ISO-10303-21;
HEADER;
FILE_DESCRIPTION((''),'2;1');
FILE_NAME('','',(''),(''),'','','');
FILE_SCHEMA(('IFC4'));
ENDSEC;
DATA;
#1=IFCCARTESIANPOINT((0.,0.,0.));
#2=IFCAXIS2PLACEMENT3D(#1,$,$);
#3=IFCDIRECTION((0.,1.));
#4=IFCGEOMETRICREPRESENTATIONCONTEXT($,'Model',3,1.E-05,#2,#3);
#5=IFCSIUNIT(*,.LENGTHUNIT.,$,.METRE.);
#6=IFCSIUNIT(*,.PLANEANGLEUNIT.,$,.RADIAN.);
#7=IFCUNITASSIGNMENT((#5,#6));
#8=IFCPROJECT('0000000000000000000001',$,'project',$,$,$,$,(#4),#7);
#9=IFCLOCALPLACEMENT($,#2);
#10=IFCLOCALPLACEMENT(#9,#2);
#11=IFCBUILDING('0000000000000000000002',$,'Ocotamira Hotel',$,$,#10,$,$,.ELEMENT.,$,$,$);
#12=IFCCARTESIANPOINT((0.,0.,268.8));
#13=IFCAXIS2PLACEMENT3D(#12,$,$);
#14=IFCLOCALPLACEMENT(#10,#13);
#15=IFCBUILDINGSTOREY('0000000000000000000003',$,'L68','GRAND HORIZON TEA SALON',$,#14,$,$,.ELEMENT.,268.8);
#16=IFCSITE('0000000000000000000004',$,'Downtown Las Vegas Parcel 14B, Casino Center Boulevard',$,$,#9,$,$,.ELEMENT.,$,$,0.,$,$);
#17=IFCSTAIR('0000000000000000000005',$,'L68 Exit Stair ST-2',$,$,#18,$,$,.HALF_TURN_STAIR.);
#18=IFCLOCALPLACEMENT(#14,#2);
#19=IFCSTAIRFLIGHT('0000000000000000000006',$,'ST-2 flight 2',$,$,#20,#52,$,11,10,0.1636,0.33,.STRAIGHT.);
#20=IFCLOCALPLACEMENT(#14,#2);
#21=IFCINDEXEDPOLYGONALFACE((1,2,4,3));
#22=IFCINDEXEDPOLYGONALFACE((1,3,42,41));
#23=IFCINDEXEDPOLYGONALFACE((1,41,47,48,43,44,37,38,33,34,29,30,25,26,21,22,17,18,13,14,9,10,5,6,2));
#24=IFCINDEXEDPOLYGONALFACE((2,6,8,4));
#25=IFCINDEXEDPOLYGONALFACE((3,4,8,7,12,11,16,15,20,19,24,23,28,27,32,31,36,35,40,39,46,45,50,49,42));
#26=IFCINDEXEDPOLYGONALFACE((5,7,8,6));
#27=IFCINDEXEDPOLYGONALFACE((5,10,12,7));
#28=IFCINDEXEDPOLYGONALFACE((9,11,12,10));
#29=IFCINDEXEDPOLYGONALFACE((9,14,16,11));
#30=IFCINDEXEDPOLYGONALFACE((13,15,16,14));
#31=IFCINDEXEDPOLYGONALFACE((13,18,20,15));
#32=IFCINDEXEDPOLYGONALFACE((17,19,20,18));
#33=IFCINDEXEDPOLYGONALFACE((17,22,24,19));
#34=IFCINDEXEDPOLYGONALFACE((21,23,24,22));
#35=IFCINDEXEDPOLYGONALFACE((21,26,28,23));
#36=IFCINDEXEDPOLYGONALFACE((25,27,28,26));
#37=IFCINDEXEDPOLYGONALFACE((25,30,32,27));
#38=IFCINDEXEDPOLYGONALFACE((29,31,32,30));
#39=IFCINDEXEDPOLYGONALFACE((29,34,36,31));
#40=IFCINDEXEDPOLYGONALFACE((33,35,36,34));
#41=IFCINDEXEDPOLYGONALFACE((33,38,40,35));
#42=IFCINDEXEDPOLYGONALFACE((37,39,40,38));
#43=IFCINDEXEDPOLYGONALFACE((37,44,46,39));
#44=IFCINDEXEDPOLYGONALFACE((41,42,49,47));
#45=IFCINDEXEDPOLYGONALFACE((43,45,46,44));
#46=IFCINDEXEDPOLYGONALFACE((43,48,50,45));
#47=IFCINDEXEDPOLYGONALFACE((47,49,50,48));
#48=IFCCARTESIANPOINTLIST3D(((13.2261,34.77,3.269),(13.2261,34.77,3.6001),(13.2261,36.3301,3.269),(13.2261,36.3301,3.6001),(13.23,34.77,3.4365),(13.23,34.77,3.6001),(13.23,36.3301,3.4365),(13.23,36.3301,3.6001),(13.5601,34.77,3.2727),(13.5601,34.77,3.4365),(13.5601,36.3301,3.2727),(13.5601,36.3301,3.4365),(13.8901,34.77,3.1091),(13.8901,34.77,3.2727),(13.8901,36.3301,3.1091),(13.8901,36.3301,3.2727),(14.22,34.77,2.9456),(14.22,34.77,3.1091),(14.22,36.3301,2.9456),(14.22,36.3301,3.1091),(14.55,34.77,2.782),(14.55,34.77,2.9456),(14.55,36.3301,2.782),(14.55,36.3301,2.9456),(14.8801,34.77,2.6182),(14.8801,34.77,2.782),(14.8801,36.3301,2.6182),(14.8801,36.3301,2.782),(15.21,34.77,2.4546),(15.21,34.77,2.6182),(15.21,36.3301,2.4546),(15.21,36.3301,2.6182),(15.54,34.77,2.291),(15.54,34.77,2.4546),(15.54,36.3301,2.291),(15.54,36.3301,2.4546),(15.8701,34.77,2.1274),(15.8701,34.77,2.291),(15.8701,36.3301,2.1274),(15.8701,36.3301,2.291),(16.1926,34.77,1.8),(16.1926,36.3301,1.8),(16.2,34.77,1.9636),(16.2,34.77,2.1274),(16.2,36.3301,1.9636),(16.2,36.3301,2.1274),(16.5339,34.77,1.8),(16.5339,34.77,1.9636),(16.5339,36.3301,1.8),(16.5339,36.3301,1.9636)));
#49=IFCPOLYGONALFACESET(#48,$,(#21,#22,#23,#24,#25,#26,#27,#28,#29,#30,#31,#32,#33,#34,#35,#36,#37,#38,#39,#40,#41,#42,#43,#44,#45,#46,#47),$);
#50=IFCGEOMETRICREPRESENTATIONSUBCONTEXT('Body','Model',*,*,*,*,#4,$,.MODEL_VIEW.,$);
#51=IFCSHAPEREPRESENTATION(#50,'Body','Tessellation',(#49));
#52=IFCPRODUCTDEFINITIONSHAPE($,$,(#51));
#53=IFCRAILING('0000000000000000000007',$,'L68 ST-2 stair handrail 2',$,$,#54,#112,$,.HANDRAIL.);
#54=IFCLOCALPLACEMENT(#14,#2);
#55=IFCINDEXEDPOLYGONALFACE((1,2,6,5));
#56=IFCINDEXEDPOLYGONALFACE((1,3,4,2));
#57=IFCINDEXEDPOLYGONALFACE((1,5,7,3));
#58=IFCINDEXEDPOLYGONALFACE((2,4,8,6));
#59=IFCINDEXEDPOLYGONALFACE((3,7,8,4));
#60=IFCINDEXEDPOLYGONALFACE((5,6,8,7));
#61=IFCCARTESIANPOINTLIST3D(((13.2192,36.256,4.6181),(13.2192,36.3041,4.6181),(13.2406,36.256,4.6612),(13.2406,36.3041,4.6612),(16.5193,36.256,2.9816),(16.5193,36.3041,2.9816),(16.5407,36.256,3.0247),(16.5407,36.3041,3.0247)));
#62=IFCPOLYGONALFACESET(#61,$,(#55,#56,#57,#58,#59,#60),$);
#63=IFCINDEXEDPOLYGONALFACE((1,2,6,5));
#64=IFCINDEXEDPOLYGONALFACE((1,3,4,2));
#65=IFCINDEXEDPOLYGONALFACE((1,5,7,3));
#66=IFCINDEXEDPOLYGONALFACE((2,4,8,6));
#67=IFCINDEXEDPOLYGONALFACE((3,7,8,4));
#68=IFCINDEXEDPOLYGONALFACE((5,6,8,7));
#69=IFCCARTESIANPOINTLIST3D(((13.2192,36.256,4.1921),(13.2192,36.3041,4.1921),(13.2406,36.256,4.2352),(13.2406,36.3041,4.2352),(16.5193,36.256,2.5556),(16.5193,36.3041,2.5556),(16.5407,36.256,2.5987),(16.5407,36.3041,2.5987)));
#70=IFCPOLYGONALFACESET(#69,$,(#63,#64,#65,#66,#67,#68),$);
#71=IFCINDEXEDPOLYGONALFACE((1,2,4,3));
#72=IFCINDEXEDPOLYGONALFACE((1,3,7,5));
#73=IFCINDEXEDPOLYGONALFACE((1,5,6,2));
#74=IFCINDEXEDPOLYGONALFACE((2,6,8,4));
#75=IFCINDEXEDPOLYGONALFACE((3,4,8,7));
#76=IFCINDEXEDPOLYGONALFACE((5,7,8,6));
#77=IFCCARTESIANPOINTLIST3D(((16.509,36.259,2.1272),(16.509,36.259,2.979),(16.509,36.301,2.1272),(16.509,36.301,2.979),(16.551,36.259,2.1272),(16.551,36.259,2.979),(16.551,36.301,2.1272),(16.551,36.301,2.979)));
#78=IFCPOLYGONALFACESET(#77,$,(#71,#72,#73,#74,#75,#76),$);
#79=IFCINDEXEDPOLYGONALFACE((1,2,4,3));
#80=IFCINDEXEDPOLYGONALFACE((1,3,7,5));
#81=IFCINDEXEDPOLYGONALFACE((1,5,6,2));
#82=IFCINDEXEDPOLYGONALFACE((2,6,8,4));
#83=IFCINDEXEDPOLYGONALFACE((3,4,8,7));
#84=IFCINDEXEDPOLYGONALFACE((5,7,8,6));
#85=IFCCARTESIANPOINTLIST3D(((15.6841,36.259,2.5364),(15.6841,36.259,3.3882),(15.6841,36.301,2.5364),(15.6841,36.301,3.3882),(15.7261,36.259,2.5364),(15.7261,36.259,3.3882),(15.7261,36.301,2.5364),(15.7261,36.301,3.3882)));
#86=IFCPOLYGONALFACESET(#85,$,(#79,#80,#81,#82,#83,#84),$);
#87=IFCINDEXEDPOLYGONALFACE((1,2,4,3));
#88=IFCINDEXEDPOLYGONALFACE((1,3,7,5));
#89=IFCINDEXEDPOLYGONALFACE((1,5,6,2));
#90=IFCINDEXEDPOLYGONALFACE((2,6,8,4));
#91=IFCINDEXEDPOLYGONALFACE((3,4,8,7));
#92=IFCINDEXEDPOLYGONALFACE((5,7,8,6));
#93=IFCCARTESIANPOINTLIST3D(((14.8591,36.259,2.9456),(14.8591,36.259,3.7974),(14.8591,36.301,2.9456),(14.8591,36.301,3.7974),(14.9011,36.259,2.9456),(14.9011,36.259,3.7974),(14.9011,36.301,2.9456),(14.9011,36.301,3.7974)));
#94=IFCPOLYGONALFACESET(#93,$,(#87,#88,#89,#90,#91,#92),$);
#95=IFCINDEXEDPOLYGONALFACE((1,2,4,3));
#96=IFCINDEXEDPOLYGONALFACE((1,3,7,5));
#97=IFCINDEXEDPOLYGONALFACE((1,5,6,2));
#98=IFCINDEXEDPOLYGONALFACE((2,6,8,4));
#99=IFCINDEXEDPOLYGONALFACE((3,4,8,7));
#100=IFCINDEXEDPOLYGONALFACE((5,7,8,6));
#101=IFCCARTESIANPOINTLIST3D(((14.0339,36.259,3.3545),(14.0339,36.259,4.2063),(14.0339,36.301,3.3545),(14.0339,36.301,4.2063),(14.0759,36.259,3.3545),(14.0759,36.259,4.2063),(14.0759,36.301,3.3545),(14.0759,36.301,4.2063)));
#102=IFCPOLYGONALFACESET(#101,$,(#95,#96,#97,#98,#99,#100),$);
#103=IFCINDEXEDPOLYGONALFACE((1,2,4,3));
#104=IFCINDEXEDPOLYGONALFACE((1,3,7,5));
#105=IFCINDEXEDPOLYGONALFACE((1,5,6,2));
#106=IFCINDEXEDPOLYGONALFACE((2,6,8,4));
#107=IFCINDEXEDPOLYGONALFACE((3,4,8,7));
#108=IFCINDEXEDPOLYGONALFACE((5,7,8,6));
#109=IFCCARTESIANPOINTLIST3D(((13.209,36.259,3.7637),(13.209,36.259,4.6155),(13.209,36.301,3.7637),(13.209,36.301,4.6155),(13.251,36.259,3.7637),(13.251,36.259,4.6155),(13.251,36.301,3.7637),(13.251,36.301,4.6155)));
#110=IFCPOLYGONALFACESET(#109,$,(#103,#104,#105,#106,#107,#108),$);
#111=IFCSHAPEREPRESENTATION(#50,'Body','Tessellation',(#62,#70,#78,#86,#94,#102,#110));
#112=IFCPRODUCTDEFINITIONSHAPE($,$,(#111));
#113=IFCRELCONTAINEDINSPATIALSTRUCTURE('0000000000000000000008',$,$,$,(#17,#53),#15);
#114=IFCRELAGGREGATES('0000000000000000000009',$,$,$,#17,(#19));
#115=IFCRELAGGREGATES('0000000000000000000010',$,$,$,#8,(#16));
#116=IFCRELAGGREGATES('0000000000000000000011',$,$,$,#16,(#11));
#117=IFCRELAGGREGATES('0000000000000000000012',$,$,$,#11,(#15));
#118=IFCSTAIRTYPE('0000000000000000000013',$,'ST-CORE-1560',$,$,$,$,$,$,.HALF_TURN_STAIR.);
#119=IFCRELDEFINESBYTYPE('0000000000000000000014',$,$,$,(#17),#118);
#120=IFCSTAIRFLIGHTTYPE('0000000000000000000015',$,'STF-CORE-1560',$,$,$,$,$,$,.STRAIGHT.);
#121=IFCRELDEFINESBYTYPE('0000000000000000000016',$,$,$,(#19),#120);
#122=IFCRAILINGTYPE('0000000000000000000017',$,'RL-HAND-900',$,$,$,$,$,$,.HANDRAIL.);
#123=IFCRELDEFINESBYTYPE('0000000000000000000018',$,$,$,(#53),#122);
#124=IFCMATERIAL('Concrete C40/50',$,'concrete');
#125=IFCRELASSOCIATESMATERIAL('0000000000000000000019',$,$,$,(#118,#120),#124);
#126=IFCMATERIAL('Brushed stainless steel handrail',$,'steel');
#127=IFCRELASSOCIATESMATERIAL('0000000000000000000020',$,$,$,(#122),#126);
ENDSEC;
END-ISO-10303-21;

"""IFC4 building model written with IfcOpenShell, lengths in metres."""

from ifc_helpers import new_model, si_unit, direction, frame, origin, origin_2d, place, context, subcontext, project, spatial, polyline, rectangle, outline, extrude, source, transform, mapped, material, type_object, element, aggregate, save


model = new_model("IFC4")

# Units and contexts
model_context = context("Model", 3, precision=1e-05, world=origin(), true_north=direction((0.0, 1.0)))
body_context = subcontext(model_context, "Body", "Model", "MODEL_VIEW")
ifc_project = project(units=[si_unit("LENGTHUNIT", "METRE"), si_unit("PLANEANGLEUNIT", "RADIAN")], contexts=[model_context])

# Site, building, storey
site_placement = place(None, origin())
site = spatial("IfcSite", under=ifc_project, at=site_placement, Name="Downtown Las Vegas Parcel 14B, Casino Center Boulevard", CompositionType="ELEMENT", RefElevation=0.0)
building_placement = place(site_placement, origin())
building = spatial("IfcBuilding", under=site, at=building_placement, Name="Ocotamira Hotel", CompositionType="ELEMENT")
storey_placement = place(building_placement, frame((0.0, 0.0, 268.8)))
storey = spatial("IfcBuildingStorey", under=building, at=storey_placement, Name="L68", Description="GRAND HORIZON TEA SALON", CompositionType="ELEMENT", Elevation=268.8)

# Stair, stair flight
ifc_material_1 = material(Name="Concrete C40/50", Category="concrete")
stair_type = type_object("IfcStairType", Name="ST-CORE-1560", PredefinedType="HALF_TURN_STAIR", material=ifc_material_1)
stair_placement = place(storey_placement, origin())
stair = element("IfcStair", 1, at=stair_placement, inside=storey, type_object=stair_type, Name="L68 Exit Stair ST-2", PredefinedType="HALF_TURN_STAIR")
stair_flight_type = type_object("IfcStairFlightType", Name="STF-CORE-1560", PredefinedType="STRAIGHT", material=ifc_material_1)
shared_shape_1 = source(origin(), body_context, "Body", "SweptSolid", [
    extrude(outline(polyline([(-0.0039, 0.0), (-0.0039, 0.1636), (0.3301, 0.1636), (0.3301, 0.3274), (0.6599, 0.3274), (0.6599, 0.491), (0.99, 0.491), (0.99, 0.6545), (1.3201, 0.6545), (1.3201, 0.8181), (1.6499, 0.8181), (1.6499, 0.9819), (1.98, 0.9819), (1.98, 1.1455), (2.3101, 1.1455), (2.3101, 1.3091), (2.6399, 1.3091), (2.6399, 1.4727), (2.97, 1.4727), (2.97, 1.6365), (3.3, 1.6365), (3.3, 1.8), (3.304, 1.8), (3.304, 1.469), (0.3374, 0.0), (-0.0039, 0.0)])), frame((0.0, 0.78, 0.0), z_axis=(0.0, -1.0, 0.0), x_axis=(1.0, 0.0, 0.0)), (0.0, 0.0, 1.0), 1.5601),
])
stair_flight_placement = place(storey_placement, frame((16.53, 35.55, 1.8), z_axis=(0.0, 0.0, 1.0), x_axis=(-1.0, 0.0, 0.0)))
stair_flight = element("IfcStairFlight", 2, at=stair_flight_placement, type_object=stair_flight_type, Name="ST-2 flight 2", NumberOfRisers=11, NumberOfTreads=10, PredefinedType="STRAIGHT", RiserHeight=0.1636, TreadLength=0.33, context=body_context, shape_type="MappedRepresentation", body=[
    mapped(shared_shape_1, transform((0.0, 0.0, 0.0), scale=1.0)),
])
aggregate(stair, [stair_flight])

# Railing
ifc_material_2 = material(Name="Brushed stainless steel handrail", Category="steel")
railing_type = type_object("IfcRailingType", Name="RL-HAND-900", PredefinedType="HANDRAIL", material=ifc_material_2)
railing_placement = place(storey_placement, frame((16.53, 36.28, 2.1272)))
element("IfcRailing", 3, at=railing_placement, inside=storey, type_object=railing_type, Name="L68 ST-2 stair handrail 2", PredefinedType="HANDRAIL", context=body_context, shape_type="SweptSolid", body=[
    extrude(rectangle(XDim=0.0481, YDim=0.0481, at=origin_2d()), frame((0.0, 0.0, 0.876), z_axis=(-0.895894, 0.0, 0.444268), x_axis=(0.0, -1.0, 0.0)), (0.0, 0.0, 1.0), 3.6836),
    extrude(rectangle(XDim=0.0481, YDim=0.0481, at=origin_2d()), frame((0.0, 0.0, 0.45), z_axis=(-0.895894, 0.0, 0.444268), x_axis=(0.0, -1.0, 0.0)), (0.0, 0.0, 1.0), 3.6836),
    extrude(rectangle(XDim=0.042, YDim=0.042, at=origin_2d()), origin(), (0.0, 0.0, 1.0), 0.8518),
    extrude(rectangle(XDim=0.042, YDim=0.042, at=origin_2d()), frame((-0.825, 0.0, 0.4092)), (0.0, 0.0, 1.0), 0.8518),
    extrude(rectangle(XDim=0.042, YDim=0.042, at=origin_2d()), frame((-1.6499, 0.0, 0.8184)), (0.0, 0.0, 1.0), 0.8518),
    extrude(rectangle(XDim=0.042, YDim=0.042, at=origin_2d()), frame((-2.4751, 0.0, 1.2273)), (0.0, 0.0, 1.0), 0.8518),
    extrude(rectangle(XDim=0.042, YDim=0.042, at=origin_2d()), frame((-3.3, 0.0, 1.6365)), (0.0, 0.0, 1.0), 0.8518),
])

save(model, "model.ifc")
